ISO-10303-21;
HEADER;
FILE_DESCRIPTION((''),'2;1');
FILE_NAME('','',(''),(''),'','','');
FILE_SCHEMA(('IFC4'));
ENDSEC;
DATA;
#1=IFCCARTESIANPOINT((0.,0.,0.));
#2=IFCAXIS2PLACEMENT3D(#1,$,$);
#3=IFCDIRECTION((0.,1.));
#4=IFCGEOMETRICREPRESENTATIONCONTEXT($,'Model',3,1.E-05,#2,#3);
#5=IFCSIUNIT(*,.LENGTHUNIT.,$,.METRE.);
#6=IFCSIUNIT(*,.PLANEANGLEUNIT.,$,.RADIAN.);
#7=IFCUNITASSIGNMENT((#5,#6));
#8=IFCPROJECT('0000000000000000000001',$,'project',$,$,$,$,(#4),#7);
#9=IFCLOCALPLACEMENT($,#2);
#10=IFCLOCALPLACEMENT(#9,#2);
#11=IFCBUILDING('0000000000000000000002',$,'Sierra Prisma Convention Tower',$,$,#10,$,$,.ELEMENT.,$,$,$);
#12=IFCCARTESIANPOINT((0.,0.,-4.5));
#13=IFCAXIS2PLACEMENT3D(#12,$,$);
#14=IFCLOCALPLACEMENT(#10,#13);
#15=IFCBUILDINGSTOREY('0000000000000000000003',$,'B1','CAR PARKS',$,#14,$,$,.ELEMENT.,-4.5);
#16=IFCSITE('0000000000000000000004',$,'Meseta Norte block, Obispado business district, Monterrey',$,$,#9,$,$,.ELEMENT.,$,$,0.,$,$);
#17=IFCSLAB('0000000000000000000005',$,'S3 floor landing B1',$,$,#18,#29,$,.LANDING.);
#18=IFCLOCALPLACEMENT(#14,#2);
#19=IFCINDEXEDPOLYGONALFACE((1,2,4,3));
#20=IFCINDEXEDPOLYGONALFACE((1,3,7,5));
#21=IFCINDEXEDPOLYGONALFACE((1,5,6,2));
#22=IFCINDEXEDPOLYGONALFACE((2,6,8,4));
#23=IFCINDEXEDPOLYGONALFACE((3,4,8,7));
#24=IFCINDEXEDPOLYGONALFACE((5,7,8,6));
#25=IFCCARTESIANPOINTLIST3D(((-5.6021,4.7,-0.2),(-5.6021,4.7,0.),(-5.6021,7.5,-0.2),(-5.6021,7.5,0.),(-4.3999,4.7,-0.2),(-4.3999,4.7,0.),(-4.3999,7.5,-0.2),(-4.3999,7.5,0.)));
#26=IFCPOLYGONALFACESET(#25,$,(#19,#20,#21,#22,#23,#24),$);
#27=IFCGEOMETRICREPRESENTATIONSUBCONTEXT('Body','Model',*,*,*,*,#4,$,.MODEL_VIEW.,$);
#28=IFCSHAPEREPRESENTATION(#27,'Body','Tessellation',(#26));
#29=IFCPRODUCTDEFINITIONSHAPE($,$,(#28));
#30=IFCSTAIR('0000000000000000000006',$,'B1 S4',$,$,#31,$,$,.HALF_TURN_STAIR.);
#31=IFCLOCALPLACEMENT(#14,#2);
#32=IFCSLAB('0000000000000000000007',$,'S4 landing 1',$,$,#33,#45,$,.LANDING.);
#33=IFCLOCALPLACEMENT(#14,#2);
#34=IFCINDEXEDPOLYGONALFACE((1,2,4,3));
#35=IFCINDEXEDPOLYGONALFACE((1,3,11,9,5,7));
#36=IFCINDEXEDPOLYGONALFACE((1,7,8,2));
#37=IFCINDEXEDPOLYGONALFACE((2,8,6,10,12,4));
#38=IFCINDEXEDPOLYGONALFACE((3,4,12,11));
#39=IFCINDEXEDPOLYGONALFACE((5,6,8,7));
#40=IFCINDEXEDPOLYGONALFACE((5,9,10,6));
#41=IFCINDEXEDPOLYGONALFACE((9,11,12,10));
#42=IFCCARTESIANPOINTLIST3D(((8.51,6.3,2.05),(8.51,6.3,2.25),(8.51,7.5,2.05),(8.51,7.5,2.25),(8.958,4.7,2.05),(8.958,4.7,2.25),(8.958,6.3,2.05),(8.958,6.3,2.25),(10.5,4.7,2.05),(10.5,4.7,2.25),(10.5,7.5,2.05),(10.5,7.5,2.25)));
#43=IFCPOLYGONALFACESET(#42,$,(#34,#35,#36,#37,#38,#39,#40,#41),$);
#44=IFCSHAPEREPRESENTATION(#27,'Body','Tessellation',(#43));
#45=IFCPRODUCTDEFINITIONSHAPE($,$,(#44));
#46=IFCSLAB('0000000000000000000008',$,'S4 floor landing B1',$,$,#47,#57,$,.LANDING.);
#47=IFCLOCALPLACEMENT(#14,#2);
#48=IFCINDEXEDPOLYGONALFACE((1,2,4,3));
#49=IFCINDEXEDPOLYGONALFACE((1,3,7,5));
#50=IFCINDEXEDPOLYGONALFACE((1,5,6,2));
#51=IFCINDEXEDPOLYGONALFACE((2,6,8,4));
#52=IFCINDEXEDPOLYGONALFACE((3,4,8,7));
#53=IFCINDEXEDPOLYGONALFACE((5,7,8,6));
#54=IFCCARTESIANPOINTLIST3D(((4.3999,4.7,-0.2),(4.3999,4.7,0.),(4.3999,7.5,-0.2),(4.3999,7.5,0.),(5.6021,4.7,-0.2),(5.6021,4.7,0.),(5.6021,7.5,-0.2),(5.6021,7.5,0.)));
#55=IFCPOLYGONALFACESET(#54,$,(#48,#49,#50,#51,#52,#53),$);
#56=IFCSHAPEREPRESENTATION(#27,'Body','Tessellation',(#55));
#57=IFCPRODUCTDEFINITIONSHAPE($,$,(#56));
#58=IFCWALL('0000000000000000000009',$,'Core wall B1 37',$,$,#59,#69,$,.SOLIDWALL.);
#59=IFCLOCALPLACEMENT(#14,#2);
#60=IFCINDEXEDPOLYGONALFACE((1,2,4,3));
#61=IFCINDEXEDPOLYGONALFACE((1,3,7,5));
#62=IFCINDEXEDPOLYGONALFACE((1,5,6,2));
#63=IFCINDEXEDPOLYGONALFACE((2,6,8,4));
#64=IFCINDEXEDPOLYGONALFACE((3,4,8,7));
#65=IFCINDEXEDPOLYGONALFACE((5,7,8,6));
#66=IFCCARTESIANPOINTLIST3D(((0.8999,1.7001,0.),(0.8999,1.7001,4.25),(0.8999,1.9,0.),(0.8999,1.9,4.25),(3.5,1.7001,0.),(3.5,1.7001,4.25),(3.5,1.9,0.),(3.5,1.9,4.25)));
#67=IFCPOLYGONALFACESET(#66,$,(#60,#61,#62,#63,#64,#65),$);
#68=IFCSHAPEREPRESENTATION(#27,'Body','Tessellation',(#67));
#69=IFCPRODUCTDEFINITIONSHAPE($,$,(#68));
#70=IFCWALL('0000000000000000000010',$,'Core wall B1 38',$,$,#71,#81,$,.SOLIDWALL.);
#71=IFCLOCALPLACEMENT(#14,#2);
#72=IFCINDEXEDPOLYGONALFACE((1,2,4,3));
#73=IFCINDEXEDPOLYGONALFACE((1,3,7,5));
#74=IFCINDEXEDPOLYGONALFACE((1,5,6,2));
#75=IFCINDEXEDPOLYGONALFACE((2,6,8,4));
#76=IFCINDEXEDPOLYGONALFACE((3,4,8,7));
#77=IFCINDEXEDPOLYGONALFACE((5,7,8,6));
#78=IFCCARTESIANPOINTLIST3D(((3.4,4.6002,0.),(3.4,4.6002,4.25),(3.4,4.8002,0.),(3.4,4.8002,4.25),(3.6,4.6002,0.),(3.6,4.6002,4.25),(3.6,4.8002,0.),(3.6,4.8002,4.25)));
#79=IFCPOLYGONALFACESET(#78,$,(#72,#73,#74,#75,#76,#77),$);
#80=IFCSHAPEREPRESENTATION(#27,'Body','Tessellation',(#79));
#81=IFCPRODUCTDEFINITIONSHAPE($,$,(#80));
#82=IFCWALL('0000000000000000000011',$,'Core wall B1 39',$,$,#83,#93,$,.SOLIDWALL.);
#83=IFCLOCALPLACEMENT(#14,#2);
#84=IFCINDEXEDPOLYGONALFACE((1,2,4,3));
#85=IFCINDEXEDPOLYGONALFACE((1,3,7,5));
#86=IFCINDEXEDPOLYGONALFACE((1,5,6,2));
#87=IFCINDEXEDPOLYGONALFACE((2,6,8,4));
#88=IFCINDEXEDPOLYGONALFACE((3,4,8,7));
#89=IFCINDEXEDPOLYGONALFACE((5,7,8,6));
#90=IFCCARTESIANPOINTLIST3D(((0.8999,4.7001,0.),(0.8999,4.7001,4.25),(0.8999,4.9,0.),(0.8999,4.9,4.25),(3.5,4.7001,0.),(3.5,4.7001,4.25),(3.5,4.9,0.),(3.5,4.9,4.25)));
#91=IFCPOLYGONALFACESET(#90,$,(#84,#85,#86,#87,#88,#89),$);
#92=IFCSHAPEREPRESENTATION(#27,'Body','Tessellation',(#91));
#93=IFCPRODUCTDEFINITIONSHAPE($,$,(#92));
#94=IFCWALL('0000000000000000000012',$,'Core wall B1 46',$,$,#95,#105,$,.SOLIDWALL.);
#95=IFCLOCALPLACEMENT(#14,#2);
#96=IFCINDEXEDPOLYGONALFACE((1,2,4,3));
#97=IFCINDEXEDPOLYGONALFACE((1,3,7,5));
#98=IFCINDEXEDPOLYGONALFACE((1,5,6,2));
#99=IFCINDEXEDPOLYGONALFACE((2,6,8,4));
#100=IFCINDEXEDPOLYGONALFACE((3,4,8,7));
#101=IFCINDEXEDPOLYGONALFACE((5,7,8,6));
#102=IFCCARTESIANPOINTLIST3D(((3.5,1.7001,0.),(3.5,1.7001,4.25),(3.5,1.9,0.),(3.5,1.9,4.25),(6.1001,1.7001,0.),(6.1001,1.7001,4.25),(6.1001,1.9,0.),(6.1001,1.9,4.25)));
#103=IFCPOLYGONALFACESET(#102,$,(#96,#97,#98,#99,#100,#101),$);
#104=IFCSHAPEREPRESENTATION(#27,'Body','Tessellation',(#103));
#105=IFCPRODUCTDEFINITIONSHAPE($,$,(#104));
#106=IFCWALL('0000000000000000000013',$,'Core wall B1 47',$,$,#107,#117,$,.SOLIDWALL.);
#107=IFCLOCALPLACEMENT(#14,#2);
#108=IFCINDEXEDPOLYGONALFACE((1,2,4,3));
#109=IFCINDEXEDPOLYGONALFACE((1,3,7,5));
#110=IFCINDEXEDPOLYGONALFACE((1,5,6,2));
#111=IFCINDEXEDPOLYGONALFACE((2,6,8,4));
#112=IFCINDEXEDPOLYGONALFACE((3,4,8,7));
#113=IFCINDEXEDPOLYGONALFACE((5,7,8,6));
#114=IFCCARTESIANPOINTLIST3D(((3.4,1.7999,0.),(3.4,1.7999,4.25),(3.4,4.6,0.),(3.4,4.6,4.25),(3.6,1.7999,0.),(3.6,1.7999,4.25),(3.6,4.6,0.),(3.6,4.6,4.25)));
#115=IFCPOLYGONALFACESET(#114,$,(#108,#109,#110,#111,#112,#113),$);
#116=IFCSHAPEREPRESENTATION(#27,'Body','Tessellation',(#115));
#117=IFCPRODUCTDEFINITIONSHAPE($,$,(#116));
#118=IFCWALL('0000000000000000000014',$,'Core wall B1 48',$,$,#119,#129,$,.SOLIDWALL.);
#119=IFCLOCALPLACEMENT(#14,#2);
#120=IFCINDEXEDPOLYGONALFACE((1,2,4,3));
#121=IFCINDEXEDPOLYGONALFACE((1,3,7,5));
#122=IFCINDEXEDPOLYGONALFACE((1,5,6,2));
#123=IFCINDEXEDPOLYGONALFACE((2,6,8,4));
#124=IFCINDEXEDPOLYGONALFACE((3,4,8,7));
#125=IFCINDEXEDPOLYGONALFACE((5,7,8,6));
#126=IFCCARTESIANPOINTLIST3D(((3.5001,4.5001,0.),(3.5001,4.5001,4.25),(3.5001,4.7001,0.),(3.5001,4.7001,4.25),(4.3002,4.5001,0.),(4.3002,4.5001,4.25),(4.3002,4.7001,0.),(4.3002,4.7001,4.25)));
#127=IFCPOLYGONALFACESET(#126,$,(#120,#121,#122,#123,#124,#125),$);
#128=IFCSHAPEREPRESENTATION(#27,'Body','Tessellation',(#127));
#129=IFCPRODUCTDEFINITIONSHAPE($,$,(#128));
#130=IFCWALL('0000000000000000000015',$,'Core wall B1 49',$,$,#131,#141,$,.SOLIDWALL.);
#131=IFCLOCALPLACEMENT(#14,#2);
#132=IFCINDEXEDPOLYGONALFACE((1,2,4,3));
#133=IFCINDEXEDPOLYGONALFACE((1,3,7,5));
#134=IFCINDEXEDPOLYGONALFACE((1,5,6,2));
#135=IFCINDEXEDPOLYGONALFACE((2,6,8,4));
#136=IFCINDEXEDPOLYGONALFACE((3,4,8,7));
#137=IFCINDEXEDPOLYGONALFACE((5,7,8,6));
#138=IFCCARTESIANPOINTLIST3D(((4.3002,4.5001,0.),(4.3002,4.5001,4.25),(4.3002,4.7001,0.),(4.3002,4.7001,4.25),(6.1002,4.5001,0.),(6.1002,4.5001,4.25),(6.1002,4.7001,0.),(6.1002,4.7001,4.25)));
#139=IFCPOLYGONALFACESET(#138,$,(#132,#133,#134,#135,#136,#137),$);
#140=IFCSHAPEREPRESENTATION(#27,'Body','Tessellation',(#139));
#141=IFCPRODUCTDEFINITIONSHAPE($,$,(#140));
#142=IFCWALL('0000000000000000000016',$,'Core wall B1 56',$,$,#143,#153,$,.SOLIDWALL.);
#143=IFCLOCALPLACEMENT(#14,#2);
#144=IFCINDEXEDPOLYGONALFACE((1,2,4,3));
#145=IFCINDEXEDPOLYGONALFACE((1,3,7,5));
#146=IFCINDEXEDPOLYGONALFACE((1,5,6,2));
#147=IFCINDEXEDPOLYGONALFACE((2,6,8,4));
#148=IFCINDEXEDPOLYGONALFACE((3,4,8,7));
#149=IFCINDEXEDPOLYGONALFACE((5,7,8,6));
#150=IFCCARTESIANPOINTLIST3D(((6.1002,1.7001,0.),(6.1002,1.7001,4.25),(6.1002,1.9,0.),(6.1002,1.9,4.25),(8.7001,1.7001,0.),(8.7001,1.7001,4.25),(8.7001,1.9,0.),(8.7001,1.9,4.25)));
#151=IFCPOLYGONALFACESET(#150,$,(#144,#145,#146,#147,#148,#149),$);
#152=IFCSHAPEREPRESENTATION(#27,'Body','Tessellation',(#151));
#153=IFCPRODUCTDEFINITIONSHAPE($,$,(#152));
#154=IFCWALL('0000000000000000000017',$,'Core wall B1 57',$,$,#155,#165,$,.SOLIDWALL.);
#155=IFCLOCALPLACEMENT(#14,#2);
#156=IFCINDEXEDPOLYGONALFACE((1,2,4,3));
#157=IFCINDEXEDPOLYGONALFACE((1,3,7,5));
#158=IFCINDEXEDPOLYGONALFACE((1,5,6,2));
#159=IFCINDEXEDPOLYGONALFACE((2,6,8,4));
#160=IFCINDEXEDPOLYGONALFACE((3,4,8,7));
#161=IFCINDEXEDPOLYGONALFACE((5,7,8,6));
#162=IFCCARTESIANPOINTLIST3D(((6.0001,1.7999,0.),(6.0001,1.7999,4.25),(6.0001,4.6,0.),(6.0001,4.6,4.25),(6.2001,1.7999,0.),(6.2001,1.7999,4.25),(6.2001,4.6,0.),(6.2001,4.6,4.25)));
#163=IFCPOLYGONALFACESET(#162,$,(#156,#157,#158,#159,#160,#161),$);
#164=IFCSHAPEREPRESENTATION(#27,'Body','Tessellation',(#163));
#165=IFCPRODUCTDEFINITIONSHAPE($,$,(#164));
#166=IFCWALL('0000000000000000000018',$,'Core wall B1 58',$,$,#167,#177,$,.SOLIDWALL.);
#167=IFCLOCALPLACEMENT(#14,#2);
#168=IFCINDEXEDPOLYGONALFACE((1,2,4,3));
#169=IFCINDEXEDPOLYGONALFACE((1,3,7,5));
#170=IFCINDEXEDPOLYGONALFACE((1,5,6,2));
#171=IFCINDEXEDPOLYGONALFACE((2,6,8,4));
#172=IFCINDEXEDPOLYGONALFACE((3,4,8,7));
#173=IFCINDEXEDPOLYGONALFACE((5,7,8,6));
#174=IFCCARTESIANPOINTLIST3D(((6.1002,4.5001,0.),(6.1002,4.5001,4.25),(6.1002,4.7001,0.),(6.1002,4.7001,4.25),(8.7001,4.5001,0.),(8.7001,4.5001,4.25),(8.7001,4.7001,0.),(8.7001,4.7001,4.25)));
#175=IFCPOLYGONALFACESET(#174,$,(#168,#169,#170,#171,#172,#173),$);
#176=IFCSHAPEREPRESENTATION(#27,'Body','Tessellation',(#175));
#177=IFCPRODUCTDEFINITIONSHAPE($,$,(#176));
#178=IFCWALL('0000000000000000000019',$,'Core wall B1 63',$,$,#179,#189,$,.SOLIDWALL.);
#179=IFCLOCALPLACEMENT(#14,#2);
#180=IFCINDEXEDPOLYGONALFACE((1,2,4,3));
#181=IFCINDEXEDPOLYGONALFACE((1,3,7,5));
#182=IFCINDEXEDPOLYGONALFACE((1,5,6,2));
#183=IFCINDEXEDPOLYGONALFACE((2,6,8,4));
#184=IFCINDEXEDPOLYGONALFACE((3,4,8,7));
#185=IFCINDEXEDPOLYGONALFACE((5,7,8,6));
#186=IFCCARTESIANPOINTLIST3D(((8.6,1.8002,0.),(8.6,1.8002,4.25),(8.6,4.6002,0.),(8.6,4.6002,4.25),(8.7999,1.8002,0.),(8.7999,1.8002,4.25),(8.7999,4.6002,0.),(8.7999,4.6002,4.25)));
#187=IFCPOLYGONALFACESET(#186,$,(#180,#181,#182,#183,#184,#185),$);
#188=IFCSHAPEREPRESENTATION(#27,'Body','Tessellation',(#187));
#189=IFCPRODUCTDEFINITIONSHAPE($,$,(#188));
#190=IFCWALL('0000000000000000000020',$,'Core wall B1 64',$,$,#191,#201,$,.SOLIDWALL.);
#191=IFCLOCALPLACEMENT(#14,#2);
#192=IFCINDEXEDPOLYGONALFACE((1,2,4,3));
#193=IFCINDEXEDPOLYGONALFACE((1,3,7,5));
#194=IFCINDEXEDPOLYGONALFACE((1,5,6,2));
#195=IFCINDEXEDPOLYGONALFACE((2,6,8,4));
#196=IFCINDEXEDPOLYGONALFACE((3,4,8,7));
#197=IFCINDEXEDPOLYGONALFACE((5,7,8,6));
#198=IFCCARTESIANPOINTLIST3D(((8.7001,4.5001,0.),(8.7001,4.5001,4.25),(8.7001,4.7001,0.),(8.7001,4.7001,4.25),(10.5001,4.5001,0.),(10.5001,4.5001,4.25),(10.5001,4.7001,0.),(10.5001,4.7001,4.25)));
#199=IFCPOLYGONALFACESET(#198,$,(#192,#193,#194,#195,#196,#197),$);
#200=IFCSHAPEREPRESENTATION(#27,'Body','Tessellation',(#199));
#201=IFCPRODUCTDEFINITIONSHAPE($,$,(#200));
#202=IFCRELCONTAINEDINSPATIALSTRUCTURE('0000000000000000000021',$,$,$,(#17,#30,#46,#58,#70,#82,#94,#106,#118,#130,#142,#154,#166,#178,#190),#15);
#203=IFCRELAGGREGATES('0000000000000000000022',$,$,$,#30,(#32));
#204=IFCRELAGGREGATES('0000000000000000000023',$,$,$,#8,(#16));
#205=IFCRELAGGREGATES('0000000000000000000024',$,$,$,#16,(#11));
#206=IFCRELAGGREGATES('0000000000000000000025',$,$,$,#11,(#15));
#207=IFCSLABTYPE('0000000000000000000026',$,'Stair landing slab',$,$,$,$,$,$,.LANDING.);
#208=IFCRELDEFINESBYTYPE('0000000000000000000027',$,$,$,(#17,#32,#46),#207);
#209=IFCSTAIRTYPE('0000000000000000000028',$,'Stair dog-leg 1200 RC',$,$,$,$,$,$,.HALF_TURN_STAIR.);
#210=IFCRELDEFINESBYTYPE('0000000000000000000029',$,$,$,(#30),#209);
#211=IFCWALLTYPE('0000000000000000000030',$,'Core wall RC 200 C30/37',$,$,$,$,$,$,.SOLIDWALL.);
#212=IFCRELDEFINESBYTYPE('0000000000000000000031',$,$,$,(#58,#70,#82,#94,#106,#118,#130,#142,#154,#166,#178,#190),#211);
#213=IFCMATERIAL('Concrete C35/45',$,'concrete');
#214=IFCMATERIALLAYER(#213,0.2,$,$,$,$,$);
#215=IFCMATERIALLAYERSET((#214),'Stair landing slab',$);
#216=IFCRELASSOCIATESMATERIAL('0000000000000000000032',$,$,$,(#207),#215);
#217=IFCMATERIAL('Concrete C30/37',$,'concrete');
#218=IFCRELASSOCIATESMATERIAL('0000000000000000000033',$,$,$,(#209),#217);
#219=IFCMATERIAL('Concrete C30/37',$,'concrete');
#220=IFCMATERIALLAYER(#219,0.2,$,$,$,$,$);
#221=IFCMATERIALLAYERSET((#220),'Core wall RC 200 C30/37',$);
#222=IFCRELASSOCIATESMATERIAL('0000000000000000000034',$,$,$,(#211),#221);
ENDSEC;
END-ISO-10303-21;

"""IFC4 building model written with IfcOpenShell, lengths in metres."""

from ifc_helpers import new_model, si_unit, direction, frame, frame_2d, origin, place, context, subcontext, project, spatial, polyline, rectangle, outline, extrude, material, layer, layer_set, type_object, element, aggregate, save


model = new_model("IFC4")

# Units and contexts
model_context = context("Model", 3, precision=1e-05, world=origin(), true_north=direction((0.0, 1.0)))
body_context = subcontext(model_context, "Body", "Model", "MODEL_VIEW")
ifc_project = project(units=[si_unit("LENGTHUNIT", "METRE"), si_unit("PLANEANGLEUNIT", "RADIAN")], contexts=[model_context])

# Site, building, storey
site_placement = place(None, origin())
site = spatial("IfcSite", under=ifc_project, at=site_placement, Name="Meseta Norte block, Obispado business district, Monterrey", CompositionType="ELEMENT", RefElevation=0.0)
building_placement = place(site_placement, origin())
building = spatial("IfcBuilding", under=site, at=building_placement, Name="Sierra Prisma Convention Tower", CompositionType="ELEMENT")
storey_placement = place(building_placement, frame((0.0, 0.0, -4.5)))
storey = spatial("IfcBuildingStorey", under=building, at=storey_placement, Name="B1", Description="CAR PARKS", CompositionType="ELEMENT", Elevation=-4.5)

# Slab
ifc_material_1 = material(Name="Concrete C35/45", Category="concrete")
ifc_layer_1 = layer(ifc_material_1, 0.2)
ifc_layer_set_1 = layer_set([ifc_layer_1], Name="Stair landing slab")
slab_type = type_object("IfcSlabType", Name="Stair landing slab", PredefinedType="LANDING", material=ifc_layer_set_1)
slab_1_placement = place(storey_placement, frame((0.0, 0.0, -0.2)))
element("IfcSlab", 1, at=slab_1_placement, inside=storey, type_object=slab_type, Name="S3 floor landing B1", PredefinedType="LANDING", context=body_context, shape_type="SweptSolid", body=[
    extrude(outline(polyline([(-4.3999, 7.5), (-5.6021, 7.5), (-5.6021, 4.7), (-4.3999, 4.7), (-4.3999, 7.5)])), origin(), (0.0, 0.0, 1.0), 0.2),
])

# Stair, slab
ifc_material_2 = material(Name="Concrete C30/37", Category="concrete")
stair_type = type_object("IfcStairType", Name="Stair dog-leg 1200 RC", PredefinedType="HALF_TURN_STAIR", material=ifc_material_2)
stair_placement = place(storey_placement, origin())
stair = element("IfcStair", 2, at=stair_placement, inside=storey, type_object=stair_type, Name="B1 S4", PredefinedType="HALF_TURN_STAIR")
slab_2_placement = place(storey_placement, frame((0.0, 0.0, 2.05)))
slab_2 = element("IfcSlab", 3, at=slab_2_placement, type_object=slab_type, Name="S4 landing 1", PredefinedType="LANDING", context=body_context, shape_type="SweptSolid", body=[
    extrude(outline(polyline([(10.5, 7.5), (10.5, 4.7), (8.958, 4.7), (8.958, 6.3), (8.51, 6.3), (8.51, 7.5), (10.5, 7.5)])), origin(), (0.0, 0.0, 1.0), 0.2),
])

# Slab
slab_3_placement = place(storey_placement, frame((0.0, 0.0, -0.2)))
element("IfcSlab", 4, at=slab_3_placement, inside=storey, type_object=slab_type, Name="S4 floor landing B1", PredefinedType="LANDING", context=body_context, shape_type="SweptSolid", body=[
    extrude(outline(polyline([(4.3999, 4.7), (5.6021, 4.7), (5.6021, 7.5), (4.3999, 7.5), (4.3999, 4.7)])), origin(), (0.0, 0.0, 1.0), 0.2),
])

# Shared definitions
ifc_material_3 = material(Name="Concrete C30/37", Category="concrete")
ifc_layer_2 = layer(ifc_material_3, 0.2)
ifc_layer_set_2 = layer_set([ifc_layer_2], Name="Core wall RC 200 C30/37")
wall_type = type_object("IfcWallType", Name="Core wall RC 200 C30/37", PredefinedType="SOLIDWALL", material=ifc_layer_set_2)

# Walls
wall_1_placement = place(storey_placement, frame((3.5, 1.8, 0.0), z_axis=(0.0, 0.0, 1.0), x_axis=(-1.0, 0.0, 0.0)))
element("IfcWall", 5, at=wall_1_placement, inside=storey, type_object=wall_type, Name="Core wall B1 37", PredefinedType="SOLIDWALL", context=body_context, shape_type="SweptSolid", body=[
    extrude(rectangle(XDim=2.6001, YDim=0.2, at=frame_2d((1.3, 0.0))), origin(), (0.0, 0.0, 1.0), 4.25),
])
wall_2_placement = place(storey_placement, frame((3.5, 4.6001, 0.0), z_axis=(0.0, 0.0, 1.0), x_axis=(0.0, 1.0, 0.0)))
element("IfcWall", 6, at=wall_2_placement, inside=storey, type_object=wall_type, Name="Core wall B1 38", PredefinedType="SOLIDWALL", context=body_context, shape_type="SweptSolid", body=[
    extrude(rectangle(XDim=0.2, YDim=0.2, at=frame_2d((0.1001, 0.0))), origin(), (0.0, 0.0, 1.0), 4.25),
])
wall_3_placement = place(storey_placement, frame((3.5, 4.8, 0.0), z_axis=(0.0, 0.0, 1.0), x_axis=(-1.0, 0.0, 0.0)))
element("IfcWall", 7, at=wall_3_placement, inside=storey, type_object=wall_type, Name="Core wall B1 39", PredefinedType="SOLIDWALL", context=body_context, shape_type="SweptSolid", body=[
    extrude(rectangle(XDim=2.6001, YDim=0.2, at=frame_2d((1.3, 0.0))), origin(), (0.0, 0.0, 1.0), 4.25),
])

# Walls
wall_4_placement = place(storey_placement, frame((6.1001, 1.8, 0.0), z_axis=(0.0, 0.0, 1.0), x_axis=(-1.0, 0.0, 0.0)))
element("IfcWall", 8, at=wall_4_placement, inside=storey, type_object=wall_type, Name="Core wall B1 46", PredefinedType="SOLIDWALL", context=body_context, shape_type="SweptSolid", body=[
    extrude(rectangle(XDim=2.6001, YDim=0.2, at=frame_2d((1.3, 0.0))), origin(), (0.0, 0.0, 1.0), 4.25),
])
wall_5_placement = place(storey_placement, frame((3.5, 1.8, 0.0), z_axis=(0.0, 0.0, 1.0), x_axis=(0.0, 1.0, 0.0)))
element("IfcWall", 9, at=wall_5_placement, inside=storey, type_object=wall_type, Name="Core wall B1 47", PredefinedType="SOLIDWALL", context=body_context, shape_type="SweptSolid", body=[
    extrude(rectangle(XDim=2.8, YDim=0.2, at=frame_2d((1.3999, 0.0))), origin(), (0.0, 0.0, 1.0), 4.25),
])
wall_6_placement = place(storey_placement, frame((4.3, 4.6001, 0.0), z_axis=(0.0, 0.0, 1.0), x_axis=(-1.0, 0.0, 0.0)))
element("IfcWall", 10, at=wall_6_placement, inside=storey, type_object=wall_type, Name="Core wall B1 48", PredefinedType="SOLIDWALL", context=body_context, shape_type="SweptSolid", body=[
    extrude(rectangle(XDim=0.8, YDim=0.2, at=frame_2d((0.3999, 0.0))), origin(), (0.0, 0.0, 1.0), 4.25),
])
wall_7_placement = place(storey_placement, frame((6.1001, 4.6001, 0.0), z_axis=(0.0, 0.0, 1.0), x_axis=(-1.0, 0.0, 0.0)))
element("IfcWall", 11, at=wall_7_placement, inside=storey, type_object=wall_type, Name="Core wall B1 49", PredefinedType="SOLIDWALL", context=body_context, shape_type="SweptSolid", body=[
    extrude(rectangle(XDim=1.8, YDim=0.2, at=frame_2d((0.8999, 0.0))), origin(), (0.0, 0.0, 1.0), 4.25),
])
wall_8_placement = place(storey_placement, frame((8.7, 1.8, 0.0), z_axis=(0.0, 0.0, 1.0), x_axis=(-1.0, 0.0, 0.0)))
element("IfcWall", 12, at=wall_8_placement, inside=storey, type_object=wall_type, Name="Core wall B1 56", PredefinedType="SOLIDWALL", context=body_context, shape_type="SweptSolid", body=[
    extrude(rectangle(XDim=2.5999, YDim=0.2, at=frame_2d((1.2998, 0.0))), origin(), (0.0, 0.0, 1.0), 4.25),
])
wall_9_placement = place(storey_placement, frame((6.1001, 1.8, 0.0), z_axis=(0.0, 0.0, 1.0), x_axis=(0.0, 1.0, 0.0)))
element("IfcWall", 13, at=wall_9_placement, inside=storey, type_object=wall_type, Name="Core wall B1 57", PredefinedType="SOLIDWALL", context=body_context, shape_type="SweptSolid", body=[
    extrude(rectangle(XDim=2.8, YDim=0.2, at=frame_2d((1.3999, 0.0))), origin(), (0.0, 0.0, 1.0), 4.25),
])
wall_10_placement = place(storey_placement, frame((8.7, 4.6001, 0.0), z_axis=(0.0, 0.0, 1.0), x_axis=(-1.0, 0.0, 0.0)))
element("IfcWall", 14, at=wall_10_placement, inside=storey, type_object=wall_type, Name="Core wall B1 58", PredefinedType="SOLIDWALL", context=body_context, shape_type="SweptSolid", body=[
    extrude(rectangle(XDim=2.5999, YDim=0.2, at=frame_2d((1.2998, 0.0))), origin(), (0.0, 0.0, 1.0), 4.25),
])

# Walls
wall_11_placement = place(storey_placement, frame((8.7, 4.6001, 0.0), z_axis=(0.0, 0.0, 1.0), x_axis=(0.0, -1.0, 0.0)))
element("IfcWall", 15, at=wall_11_placement, inside=storey, type_object=wall_type, Name="Core wall B1 63", PredefinedType="SOLIDWALL", context=body_context, shape_type="SweptSolid", body=[
    extrude(rectangle(XDim=2.8, YDim=0.2, at=frame_2d((1.3999, 0.0))), origin(), (0.0, 0.0, 1.0), 4.25),
])
wall_12_placement = place(storey_placement, frame((10.5, 4.6001, 0.0), z_axis=(0.0, 0.0, 1.0), x_axis=(-1.0, 0.0, 0.0)))
element("IfcWall", 16, at=wall_12_placement, inside=storey, type_object=wall_type, Name="Core wall B1 64", PredefinedType="SOLIDWALL", context=body_context, shape_type="SweptSolid", body=[
    extrude(rectangle(XDim=1.8, YDim=0.2, at=frame_2d((0.8999, 0.0))), origin(), (0.0, 0.0, 1.0), 4.25),
])

aggregate(stair, [slab_2])

save(model, "model.ifc")
